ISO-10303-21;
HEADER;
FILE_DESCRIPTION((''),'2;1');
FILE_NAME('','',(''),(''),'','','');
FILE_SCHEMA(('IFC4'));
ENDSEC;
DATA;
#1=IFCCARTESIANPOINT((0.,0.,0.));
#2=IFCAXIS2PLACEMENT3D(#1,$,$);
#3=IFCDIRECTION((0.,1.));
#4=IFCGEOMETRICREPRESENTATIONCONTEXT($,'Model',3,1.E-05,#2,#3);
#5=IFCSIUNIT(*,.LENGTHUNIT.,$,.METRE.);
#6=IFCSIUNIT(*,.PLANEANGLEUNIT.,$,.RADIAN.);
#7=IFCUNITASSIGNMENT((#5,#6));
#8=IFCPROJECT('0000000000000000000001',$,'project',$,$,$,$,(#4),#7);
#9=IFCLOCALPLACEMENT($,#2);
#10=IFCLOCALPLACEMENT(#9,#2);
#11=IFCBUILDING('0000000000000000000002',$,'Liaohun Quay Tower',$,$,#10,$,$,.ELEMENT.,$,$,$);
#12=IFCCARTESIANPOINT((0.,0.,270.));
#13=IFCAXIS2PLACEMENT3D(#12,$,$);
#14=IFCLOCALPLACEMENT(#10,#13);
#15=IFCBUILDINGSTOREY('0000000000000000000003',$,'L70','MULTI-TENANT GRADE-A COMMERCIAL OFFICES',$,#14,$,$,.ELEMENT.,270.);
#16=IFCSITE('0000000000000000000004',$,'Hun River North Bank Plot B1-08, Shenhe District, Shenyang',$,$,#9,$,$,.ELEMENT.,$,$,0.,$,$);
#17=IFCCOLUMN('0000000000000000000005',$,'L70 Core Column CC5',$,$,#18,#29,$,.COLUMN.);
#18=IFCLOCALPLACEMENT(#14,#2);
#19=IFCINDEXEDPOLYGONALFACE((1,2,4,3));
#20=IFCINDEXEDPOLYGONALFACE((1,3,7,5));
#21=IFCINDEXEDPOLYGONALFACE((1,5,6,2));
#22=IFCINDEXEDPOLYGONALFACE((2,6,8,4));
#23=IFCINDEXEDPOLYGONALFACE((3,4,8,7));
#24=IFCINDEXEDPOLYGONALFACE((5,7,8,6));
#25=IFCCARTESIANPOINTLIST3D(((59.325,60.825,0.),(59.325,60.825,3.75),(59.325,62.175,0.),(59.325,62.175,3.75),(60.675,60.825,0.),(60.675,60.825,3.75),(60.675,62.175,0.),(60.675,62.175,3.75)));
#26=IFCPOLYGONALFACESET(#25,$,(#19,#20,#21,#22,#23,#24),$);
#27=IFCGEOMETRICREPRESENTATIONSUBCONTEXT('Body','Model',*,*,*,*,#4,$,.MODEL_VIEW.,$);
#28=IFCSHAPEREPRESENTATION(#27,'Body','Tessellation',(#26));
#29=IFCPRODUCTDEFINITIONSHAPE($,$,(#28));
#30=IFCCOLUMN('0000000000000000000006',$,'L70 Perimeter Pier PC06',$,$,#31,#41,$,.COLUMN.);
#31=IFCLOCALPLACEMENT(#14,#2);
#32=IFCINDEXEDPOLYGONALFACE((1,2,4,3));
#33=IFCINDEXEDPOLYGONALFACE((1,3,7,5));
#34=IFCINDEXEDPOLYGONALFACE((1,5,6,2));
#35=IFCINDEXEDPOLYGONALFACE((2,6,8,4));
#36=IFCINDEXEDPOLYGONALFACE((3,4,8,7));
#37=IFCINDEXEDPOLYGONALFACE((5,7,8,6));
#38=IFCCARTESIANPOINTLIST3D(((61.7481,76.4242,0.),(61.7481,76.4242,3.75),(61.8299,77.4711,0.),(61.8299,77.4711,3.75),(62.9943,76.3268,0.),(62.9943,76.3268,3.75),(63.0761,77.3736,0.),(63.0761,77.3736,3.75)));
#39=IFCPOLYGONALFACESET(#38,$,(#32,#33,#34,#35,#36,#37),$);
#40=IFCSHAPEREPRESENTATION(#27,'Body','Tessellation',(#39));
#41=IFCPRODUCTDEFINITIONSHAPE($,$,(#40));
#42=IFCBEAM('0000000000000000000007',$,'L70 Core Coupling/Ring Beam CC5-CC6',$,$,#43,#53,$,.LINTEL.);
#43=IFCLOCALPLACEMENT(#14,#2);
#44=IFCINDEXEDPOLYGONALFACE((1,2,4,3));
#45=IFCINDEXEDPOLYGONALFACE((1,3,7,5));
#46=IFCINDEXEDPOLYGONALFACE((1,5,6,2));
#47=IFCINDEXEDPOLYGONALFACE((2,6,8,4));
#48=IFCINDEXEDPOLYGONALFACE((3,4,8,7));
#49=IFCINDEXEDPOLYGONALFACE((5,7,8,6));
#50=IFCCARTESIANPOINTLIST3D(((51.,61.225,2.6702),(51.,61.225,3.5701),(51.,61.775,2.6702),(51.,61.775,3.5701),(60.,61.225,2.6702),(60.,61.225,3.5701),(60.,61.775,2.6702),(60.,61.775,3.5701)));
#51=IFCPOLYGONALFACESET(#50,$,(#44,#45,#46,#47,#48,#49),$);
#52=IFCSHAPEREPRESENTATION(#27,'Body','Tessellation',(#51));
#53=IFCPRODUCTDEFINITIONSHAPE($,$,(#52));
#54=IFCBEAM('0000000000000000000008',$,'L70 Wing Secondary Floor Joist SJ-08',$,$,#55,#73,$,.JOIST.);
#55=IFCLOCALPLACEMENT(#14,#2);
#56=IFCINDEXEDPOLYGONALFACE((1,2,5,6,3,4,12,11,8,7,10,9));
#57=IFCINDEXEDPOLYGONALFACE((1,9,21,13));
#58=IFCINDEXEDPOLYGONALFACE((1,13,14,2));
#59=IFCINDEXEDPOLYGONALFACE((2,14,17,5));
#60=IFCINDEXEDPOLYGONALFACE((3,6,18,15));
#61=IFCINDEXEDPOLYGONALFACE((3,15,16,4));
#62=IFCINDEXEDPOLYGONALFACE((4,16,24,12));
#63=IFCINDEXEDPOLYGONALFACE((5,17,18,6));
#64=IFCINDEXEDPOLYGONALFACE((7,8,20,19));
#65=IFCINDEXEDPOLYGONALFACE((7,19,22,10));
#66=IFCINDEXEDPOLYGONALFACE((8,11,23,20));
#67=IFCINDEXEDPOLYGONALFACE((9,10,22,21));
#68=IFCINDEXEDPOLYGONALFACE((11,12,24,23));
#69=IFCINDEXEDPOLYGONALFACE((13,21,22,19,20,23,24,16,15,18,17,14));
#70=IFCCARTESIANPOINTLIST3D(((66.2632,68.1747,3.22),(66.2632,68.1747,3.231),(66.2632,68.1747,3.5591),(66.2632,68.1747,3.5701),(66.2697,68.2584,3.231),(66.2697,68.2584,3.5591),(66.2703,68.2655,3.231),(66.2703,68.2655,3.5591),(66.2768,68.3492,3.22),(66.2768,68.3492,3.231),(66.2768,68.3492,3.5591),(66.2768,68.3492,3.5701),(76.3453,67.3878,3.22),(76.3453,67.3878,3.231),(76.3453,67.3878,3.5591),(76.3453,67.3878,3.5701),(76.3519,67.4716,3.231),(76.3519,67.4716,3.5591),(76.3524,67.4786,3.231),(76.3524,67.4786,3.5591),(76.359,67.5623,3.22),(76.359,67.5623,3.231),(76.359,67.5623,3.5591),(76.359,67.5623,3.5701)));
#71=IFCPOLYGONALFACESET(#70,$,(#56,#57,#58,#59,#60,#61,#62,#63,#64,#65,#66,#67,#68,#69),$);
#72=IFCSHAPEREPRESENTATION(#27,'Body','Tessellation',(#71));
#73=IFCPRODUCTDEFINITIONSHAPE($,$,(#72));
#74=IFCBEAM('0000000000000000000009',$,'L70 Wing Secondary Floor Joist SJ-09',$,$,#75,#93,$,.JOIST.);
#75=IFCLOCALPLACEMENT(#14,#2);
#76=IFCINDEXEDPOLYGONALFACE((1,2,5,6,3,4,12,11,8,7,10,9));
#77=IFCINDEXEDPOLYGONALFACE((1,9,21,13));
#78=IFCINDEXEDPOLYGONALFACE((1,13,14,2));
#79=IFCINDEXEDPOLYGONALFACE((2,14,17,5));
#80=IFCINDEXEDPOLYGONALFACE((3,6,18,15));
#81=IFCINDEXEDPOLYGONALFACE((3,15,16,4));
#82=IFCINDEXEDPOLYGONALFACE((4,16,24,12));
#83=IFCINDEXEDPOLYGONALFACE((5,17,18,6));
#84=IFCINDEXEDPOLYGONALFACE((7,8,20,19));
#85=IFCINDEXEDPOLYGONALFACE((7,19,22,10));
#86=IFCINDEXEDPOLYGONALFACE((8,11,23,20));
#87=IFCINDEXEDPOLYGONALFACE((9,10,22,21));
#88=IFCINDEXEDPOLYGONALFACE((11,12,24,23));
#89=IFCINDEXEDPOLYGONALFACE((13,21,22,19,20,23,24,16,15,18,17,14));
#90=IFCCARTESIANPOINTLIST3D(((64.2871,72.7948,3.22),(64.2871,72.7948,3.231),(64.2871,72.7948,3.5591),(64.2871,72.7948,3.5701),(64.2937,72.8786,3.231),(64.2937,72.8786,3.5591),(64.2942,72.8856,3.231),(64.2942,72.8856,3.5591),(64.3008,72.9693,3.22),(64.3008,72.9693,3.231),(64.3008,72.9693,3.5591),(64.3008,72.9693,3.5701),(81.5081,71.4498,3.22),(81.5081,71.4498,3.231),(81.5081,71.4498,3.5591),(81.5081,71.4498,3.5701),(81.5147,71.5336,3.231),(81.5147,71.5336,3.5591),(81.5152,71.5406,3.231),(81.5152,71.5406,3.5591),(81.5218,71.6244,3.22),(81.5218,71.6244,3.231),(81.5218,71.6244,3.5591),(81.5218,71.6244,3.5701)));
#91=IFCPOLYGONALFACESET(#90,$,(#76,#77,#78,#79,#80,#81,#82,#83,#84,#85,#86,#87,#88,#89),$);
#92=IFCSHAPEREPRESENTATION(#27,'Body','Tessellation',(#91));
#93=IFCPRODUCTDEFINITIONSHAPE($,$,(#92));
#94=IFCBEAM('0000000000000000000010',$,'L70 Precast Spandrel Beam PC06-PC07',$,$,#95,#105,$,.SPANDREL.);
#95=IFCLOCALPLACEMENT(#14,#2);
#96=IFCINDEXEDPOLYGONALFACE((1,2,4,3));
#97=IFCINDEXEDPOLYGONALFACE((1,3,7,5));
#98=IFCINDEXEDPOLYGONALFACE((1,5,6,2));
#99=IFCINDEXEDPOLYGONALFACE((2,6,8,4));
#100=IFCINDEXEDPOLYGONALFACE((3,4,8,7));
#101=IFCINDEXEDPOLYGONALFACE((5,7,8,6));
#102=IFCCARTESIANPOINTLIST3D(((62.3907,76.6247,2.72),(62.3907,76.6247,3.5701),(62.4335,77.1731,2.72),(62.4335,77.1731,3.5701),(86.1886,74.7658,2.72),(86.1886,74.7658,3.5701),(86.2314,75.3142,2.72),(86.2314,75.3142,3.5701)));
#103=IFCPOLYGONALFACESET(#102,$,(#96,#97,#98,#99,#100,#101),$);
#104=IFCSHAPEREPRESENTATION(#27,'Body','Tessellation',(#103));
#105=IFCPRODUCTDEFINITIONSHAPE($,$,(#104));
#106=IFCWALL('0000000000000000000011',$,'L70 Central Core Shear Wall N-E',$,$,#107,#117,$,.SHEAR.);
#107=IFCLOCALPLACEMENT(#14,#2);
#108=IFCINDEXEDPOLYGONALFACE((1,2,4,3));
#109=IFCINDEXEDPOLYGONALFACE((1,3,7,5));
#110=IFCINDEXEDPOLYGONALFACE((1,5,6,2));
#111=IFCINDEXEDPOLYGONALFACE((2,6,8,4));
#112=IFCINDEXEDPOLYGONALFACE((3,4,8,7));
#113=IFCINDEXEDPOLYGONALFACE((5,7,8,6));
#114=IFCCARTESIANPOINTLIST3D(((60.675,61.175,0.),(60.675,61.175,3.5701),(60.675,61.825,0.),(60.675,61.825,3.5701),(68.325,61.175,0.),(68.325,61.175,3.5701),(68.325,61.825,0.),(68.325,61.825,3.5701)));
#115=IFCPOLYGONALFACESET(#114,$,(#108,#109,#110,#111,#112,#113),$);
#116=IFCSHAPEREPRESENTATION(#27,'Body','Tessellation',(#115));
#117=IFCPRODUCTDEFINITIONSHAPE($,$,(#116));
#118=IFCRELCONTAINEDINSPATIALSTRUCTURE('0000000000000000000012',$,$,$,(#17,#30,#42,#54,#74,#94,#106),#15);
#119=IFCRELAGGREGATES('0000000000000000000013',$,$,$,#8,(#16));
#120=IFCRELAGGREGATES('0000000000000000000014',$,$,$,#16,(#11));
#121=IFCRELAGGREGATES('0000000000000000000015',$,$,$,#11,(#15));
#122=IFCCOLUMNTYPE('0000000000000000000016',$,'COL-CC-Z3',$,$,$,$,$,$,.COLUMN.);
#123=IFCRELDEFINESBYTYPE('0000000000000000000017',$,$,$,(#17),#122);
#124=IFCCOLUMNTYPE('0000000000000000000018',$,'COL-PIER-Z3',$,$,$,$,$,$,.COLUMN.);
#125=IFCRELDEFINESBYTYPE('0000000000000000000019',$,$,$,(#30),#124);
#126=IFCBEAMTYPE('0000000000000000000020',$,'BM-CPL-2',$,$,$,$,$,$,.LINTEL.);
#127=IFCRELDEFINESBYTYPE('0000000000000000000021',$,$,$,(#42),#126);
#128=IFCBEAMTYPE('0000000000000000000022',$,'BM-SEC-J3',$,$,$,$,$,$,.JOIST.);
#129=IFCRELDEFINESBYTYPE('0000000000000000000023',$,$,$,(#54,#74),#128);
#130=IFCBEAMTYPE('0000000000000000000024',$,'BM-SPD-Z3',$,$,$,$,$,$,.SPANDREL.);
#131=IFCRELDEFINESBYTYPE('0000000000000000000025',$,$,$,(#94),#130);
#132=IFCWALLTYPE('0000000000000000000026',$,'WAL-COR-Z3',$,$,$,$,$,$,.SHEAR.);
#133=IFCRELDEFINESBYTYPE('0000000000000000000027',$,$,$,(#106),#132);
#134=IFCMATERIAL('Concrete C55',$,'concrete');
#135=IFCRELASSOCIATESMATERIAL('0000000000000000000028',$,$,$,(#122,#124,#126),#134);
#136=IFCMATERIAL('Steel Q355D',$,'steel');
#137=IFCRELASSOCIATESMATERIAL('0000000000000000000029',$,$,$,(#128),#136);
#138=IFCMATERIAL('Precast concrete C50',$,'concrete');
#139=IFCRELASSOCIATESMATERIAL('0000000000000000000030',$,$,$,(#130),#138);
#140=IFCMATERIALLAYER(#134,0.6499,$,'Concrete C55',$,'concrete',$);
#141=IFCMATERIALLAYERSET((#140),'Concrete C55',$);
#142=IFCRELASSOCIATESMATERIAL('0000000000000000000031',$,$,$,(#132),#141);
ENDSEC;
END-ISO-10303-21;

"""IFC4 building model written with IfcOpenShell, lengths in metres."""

from ifc_helpers import new_model, si_unit, direction, frame, frame_2d, origin, origin_2d, place, context, subcontext, project, spatial, rectangle, i_section, extrude, source, transform, mapped, material, layer, layer_set, material_profile, profile_set, type_object, element, save


model = new_model("IFC4")

# Units and contexts
model_context = context("Model", 3, precision=1e-05, world=origin(), true_north=direction((0.0, 1.0)))
body_context = subcontext(model_context, "Body", "Model", "MODEL_VIEW")
ifc_project = project(units=[si_unit("LENGTHUNIT", "METRE"), si_unit("PLANEANGLEUNIT", "RADIAN")], contexts=[model_context])

# Site, building, storey
site_placement = place(None, origin())
site = spatial("IfcSite", under=ifc_project, at=site_placement, Name="Hun River North Bank Plot B1-08, Shenhe District, Shenyang", CompositionType="ELEMENT", RefElevation=0.0)
building_placement = place(site_placement, origin())
building = spatial("IfcBuilding", under=site, at=building_placement, Name="Liaohun Quay Tower", CompositionType="ELEMENT")
storey_placement = place(building_placement, frame((0.0, 0.0, 270.0)))
storey = spatial("IfcBuildingStorey", under=building, at=storey_placement, Name="L70", Description="MULTI-TENANT GRADE-A COMMERCIAL OFFICES", CompositionType="ELEMENT", Elevation=270.0)

# Columns
ifc_material_1 = material(Name="Concrete C55", Category="concrete")
ifc_material_profile_1 = material_profile(ifc_material_1, rectangle(XDim=1.3501, YDim=1.3501, at=origin_2d()), Name="RC1350x1350")
ifc_profile_set_1 = profile_set([ifc_material_profile_1], Name="Concrete C55")
column_type_1 = type_object("IfcColumnType", Name="COL-CC-Z3", PredefinedType="COLUMN", material=ifc_profile_set_1)
shared_shape_1 = source(origin(), body_context, "Body", "SweptSolid", [
    extrude(rectangle(XDim=1.3501, YDim=1.3501, at=origin_2d()), origin(), (0.0, 0.0, 1.0), 3.75),
])
column_1_placement = place(storey_placement, frame((60.0, 61.5, 0.0), z_axis=(0.0, 0.0, 1.0), x_axis=(1.0, 0.0, 0.0)))
element("IfcColumn", 1, at=column_1_placement, inside=storey, type_object=column_type_1, Name="L70 Core Column CC5", PredefinedType="COLUMN", context=body_context, shape_type="MappedRepresentation", body=[
    mapped(shared_shape_1, transform((0.0, 0.0, 0.0), x_axis=(1.0, 0.0, 0.0), y_axis=(0.0, 1.0, 0.0), z_axis=(0.0, 0.0, 1.0), scale=1.0)),
])
ifc_material_profile_2 = material_profile(ifc_material_1, rectangle(XDim=1.25, YDim=1.05, at=origin_2d()), Name="RC1250x1050")
ifc_profile_set_2 = profile_set([ifc_material_profile_2], Name="Concrete C55")
column_type_2 = type_object("IfcColumnType", Name="COL-PIER-Z3", PredefinedType="COLUMN", material=ifc_profile_set_2)
shared_shape_2 = source(origin(), body_context, "Body", "SweptSolid", [
    extrude(rectangle(XDim=1.25, YDim=1.05, at=origin_2d()), origin(), (0.0, 0.0, 1.0), 3.75),
])
column_2_placement = place(storey_placement, frame((62.4121, 76.8989, 0.0), z_axis=(0.0, 0.0, 1.0), x_axis=(-0.996958, 0.077937, 0.0)))
element("IfcColumn", 2, at=column_2_placement, inside=storey, type_object=column_type_2, Name="L70 Perimeter Pier PC06", PredefinedType="COLUMN", context=body_context, shape_type="MappedRepresentation", body=[
    mapped(shared_shape_2, transform((0.0, 0.0, 0.0), x_axis=(1.0, 0.0, 0.0), y_axis=(0.0, 1.0, 0.0), z_axis=(0.0, 0.0, 1.0), scale=1.0)),
])

# Beams
ifc_material_profile_3 = material_profile(ifc_material_1, rectangle(XDim=0.55, YDim=0.8999, at=origin_2d()), Name="RC550x900")
ifc_profile_set_3 = profile_set([ifc_material_profile_3], Name="Concrete C55")
beam_type_1 = type_object("IfcBeamType", Name="BM-CPL-2", PredefinedType="LINTEL", material=ifc_profile_set_3)
shared_shape_3 = source(origin(), body_context, "Body", "SweptSolid", [
    extrude(rectangle(XDim=0.55, YDim=0.8999, at=origin_2d()), origin(), (0.0, 0.0, 1.0), 9.0),
])
beam_1_placement = place(storey_placement, frame((60.0, 61.5, 3.1201), z_axis=(-1.0, 0.0, 0.0), x_axis=(0.0, -1.0, 0.0)))
element("IfcBeam", 3, at=beam_1_placement, inside=storey, type_object=beam_type_1, Name="L70 Core Coupling/Ring Beam CC5-CC6", PredefinedType="LINTEL", context=body_context, shape_type="MappedRepresentation", body=[
    mapped(shared_shape_3, transform((0.0, 0.0, 0.0), x_axis=(1.0, 0.0, 0.0), y_axis=(0.0, 1.0, 0.0), z_axis=(0.0, 0.0, 1.0), scale=1.0)),
])
ifc_material_2 = material(Name="Steel Q355D", Category="steel")
ifc_material_profile_4 = material_profile(ifc_material_2, i_section(OverallWidth=0.175, OverallDepth=0.3501, WebThickness=0.0071, FlangeThickness=0.011, at=origin_2d()), Name="HN350x175x7x11")
ifc_profile_set_4 = profile_set([ifc_material_profile_4], Name="Steel Q355D")
beam_type_2 = type_object("IfcBeamType", Name="BM-SEC-J3", PredefinedType="JOIST", material=ifc_profile_set_4)
shared_shape_4 = source(origin(), body_context, "Body", "SweptSolid", [
    extrude(i_section(OverallWidth=0.175, OverallDepth=0.3501, WebThickness=0.0071, FlangeThickness=0.011, at=origin_2d()), origin(), (0.0, 0.0, 1.0), 10.1128),
])
beam_2_placement = place(storey_placement, frame((66.27, 68.262, 3.395), z_axis=(0.996968, -0.07781, 0.0), x_axis=(0.07781, 0.996968, 0.0)))
element("IfcBeam", 4, at=beam_2_placement, inside=storey, type_object=beam_type_2, Name="L70 Wing Secondary Floor Joist SJ-08", PredefinedType="JOIST", context=body_context, shape_type="MappedRepresentation", body=[
    mapped(shared_shape_4, transform((0.0, 0.0, 0.0), x_axis=(1.0, 0.0, 0.0), y_axis=(0.0, 1.0, 0.0), z_axis=(0.0, 0.0, 1.0), scale=1.0)),
])
shared_shape_5 = source(origin(), body_context, "Body", "SweptSolid", [
    extrude(i_section(OverallWidth=0.175, OverallDepth=0.3501, WebThickness=0.0071, FlangeThickness=0.011, at=origin_2d()), origin(), (0.0, 0.0, 1.0), 17.2734),
])
beam_3_placement = place(storey_placement, frame((64.2939, 72.8821, 3.395), z_axis=(0.996964, -0.077864, 0.0), x_axis=(0.077864, 0.996964, 0.0)))
element("IfcBeam", 5, at=beam_3_placement, inside=storey, type_object=beam_type_2, Name="L70 Wing Secondary Floor Joist SJ-09", PredefinedType="JOIST", context=body_context, shape_type="MappedRepresentation", body=[
    mapped(shared_shape_5, transform((0.0, 0.0, 0.0), x_axis=(1.0, 0.0, 0.0), y_axis=(0.0, 1.0, 0.0), z_axis=(0.0, 0.0, 1.0), scale=1.0)),
])
ifc_material_3 = material(Name="Precast concrete C50", Category="concrete")
ifc_material_profile_5 = material_profile(ifc_material_3, rectangle(XDim=0.55, YDim=0.8501, at=origin_2d()), Name="RC550x850")
ifc_profile_set_5 = profile_set([ifc_material_profile_5], Name="Precast concrete C50")
beam_type_3 = type_object("IfcBeamType", Name="BM-SPD-Z3", PredefinedType="SPANDREL", material=ifc_profile_set_5)
shared_shape_6 = source(origin(), body_context, "Body", "SweptSolid", [
    extrude(rectangle(XDim=0.55, YDim=0.8501, at=origin_2d()), origin(), (0.0, 0.0, 1.0), 23.8704),
])
beam_4_placement = place(storey_placement, frame((62.4121, 76.8989, 3.145), z_axis=(0.996963, -0.077874, 0.0), x_axis=(0.077874, 0.996963, 0.0)))
element("IfcBeam", 6, at=beam_4_placement, inside=storey, type_object=beam_type_3, Name="L70 Precast Spandrel Beam PC06-PC07", PredefinedType="SPANDREL", context=body_context, shape_type="MappedRepresentation", body=[
    mapped(shared_shape_6, transform((0.0, 0.0, 0.0), x_axis=(1.0, 0.0, 0.0), y_axis=(0.0, 1.0, 0.0), z_axis=(0.0, 0.0, 1.0), scale=1.0)),
])

# Wall
ifc_layer_1 = layer(ifc_material_1, 0.6499, Name="Concrete C55", Category="concrete")
ifc_layer_set_1 = layer_set([ifc_layer_1], Name="Concrete C55")
wall_type_1 = type_object("IfcWallType", Name="WAL-COR-Z3", PredefinedType="SHEAR", material=ifc_layer_set_1)
wall_1_placement = place(storey_placement, frame((60.675, 61.5, 0.0), z_axis=(0.0, 0.0, 1.0), x_axis=(1.0, 0.0, 0.0)))
element("IfcWall", 7, at=wall_1_placement, inside=storey, type_object=wall_type_1, Name="L70 Central Core Shear Wall N-E", PredefinedType="SHEAR", context=body_context, shape_type="SweptSolid", body=[
    extrude(rectangle(XDim=7.6499, YDim=0.6499, at=frame_2d((3.825, 0.0))), origin(), (0.0, 0.0, 1.0), 3.5701),
])

save(model, "model.ifc")
